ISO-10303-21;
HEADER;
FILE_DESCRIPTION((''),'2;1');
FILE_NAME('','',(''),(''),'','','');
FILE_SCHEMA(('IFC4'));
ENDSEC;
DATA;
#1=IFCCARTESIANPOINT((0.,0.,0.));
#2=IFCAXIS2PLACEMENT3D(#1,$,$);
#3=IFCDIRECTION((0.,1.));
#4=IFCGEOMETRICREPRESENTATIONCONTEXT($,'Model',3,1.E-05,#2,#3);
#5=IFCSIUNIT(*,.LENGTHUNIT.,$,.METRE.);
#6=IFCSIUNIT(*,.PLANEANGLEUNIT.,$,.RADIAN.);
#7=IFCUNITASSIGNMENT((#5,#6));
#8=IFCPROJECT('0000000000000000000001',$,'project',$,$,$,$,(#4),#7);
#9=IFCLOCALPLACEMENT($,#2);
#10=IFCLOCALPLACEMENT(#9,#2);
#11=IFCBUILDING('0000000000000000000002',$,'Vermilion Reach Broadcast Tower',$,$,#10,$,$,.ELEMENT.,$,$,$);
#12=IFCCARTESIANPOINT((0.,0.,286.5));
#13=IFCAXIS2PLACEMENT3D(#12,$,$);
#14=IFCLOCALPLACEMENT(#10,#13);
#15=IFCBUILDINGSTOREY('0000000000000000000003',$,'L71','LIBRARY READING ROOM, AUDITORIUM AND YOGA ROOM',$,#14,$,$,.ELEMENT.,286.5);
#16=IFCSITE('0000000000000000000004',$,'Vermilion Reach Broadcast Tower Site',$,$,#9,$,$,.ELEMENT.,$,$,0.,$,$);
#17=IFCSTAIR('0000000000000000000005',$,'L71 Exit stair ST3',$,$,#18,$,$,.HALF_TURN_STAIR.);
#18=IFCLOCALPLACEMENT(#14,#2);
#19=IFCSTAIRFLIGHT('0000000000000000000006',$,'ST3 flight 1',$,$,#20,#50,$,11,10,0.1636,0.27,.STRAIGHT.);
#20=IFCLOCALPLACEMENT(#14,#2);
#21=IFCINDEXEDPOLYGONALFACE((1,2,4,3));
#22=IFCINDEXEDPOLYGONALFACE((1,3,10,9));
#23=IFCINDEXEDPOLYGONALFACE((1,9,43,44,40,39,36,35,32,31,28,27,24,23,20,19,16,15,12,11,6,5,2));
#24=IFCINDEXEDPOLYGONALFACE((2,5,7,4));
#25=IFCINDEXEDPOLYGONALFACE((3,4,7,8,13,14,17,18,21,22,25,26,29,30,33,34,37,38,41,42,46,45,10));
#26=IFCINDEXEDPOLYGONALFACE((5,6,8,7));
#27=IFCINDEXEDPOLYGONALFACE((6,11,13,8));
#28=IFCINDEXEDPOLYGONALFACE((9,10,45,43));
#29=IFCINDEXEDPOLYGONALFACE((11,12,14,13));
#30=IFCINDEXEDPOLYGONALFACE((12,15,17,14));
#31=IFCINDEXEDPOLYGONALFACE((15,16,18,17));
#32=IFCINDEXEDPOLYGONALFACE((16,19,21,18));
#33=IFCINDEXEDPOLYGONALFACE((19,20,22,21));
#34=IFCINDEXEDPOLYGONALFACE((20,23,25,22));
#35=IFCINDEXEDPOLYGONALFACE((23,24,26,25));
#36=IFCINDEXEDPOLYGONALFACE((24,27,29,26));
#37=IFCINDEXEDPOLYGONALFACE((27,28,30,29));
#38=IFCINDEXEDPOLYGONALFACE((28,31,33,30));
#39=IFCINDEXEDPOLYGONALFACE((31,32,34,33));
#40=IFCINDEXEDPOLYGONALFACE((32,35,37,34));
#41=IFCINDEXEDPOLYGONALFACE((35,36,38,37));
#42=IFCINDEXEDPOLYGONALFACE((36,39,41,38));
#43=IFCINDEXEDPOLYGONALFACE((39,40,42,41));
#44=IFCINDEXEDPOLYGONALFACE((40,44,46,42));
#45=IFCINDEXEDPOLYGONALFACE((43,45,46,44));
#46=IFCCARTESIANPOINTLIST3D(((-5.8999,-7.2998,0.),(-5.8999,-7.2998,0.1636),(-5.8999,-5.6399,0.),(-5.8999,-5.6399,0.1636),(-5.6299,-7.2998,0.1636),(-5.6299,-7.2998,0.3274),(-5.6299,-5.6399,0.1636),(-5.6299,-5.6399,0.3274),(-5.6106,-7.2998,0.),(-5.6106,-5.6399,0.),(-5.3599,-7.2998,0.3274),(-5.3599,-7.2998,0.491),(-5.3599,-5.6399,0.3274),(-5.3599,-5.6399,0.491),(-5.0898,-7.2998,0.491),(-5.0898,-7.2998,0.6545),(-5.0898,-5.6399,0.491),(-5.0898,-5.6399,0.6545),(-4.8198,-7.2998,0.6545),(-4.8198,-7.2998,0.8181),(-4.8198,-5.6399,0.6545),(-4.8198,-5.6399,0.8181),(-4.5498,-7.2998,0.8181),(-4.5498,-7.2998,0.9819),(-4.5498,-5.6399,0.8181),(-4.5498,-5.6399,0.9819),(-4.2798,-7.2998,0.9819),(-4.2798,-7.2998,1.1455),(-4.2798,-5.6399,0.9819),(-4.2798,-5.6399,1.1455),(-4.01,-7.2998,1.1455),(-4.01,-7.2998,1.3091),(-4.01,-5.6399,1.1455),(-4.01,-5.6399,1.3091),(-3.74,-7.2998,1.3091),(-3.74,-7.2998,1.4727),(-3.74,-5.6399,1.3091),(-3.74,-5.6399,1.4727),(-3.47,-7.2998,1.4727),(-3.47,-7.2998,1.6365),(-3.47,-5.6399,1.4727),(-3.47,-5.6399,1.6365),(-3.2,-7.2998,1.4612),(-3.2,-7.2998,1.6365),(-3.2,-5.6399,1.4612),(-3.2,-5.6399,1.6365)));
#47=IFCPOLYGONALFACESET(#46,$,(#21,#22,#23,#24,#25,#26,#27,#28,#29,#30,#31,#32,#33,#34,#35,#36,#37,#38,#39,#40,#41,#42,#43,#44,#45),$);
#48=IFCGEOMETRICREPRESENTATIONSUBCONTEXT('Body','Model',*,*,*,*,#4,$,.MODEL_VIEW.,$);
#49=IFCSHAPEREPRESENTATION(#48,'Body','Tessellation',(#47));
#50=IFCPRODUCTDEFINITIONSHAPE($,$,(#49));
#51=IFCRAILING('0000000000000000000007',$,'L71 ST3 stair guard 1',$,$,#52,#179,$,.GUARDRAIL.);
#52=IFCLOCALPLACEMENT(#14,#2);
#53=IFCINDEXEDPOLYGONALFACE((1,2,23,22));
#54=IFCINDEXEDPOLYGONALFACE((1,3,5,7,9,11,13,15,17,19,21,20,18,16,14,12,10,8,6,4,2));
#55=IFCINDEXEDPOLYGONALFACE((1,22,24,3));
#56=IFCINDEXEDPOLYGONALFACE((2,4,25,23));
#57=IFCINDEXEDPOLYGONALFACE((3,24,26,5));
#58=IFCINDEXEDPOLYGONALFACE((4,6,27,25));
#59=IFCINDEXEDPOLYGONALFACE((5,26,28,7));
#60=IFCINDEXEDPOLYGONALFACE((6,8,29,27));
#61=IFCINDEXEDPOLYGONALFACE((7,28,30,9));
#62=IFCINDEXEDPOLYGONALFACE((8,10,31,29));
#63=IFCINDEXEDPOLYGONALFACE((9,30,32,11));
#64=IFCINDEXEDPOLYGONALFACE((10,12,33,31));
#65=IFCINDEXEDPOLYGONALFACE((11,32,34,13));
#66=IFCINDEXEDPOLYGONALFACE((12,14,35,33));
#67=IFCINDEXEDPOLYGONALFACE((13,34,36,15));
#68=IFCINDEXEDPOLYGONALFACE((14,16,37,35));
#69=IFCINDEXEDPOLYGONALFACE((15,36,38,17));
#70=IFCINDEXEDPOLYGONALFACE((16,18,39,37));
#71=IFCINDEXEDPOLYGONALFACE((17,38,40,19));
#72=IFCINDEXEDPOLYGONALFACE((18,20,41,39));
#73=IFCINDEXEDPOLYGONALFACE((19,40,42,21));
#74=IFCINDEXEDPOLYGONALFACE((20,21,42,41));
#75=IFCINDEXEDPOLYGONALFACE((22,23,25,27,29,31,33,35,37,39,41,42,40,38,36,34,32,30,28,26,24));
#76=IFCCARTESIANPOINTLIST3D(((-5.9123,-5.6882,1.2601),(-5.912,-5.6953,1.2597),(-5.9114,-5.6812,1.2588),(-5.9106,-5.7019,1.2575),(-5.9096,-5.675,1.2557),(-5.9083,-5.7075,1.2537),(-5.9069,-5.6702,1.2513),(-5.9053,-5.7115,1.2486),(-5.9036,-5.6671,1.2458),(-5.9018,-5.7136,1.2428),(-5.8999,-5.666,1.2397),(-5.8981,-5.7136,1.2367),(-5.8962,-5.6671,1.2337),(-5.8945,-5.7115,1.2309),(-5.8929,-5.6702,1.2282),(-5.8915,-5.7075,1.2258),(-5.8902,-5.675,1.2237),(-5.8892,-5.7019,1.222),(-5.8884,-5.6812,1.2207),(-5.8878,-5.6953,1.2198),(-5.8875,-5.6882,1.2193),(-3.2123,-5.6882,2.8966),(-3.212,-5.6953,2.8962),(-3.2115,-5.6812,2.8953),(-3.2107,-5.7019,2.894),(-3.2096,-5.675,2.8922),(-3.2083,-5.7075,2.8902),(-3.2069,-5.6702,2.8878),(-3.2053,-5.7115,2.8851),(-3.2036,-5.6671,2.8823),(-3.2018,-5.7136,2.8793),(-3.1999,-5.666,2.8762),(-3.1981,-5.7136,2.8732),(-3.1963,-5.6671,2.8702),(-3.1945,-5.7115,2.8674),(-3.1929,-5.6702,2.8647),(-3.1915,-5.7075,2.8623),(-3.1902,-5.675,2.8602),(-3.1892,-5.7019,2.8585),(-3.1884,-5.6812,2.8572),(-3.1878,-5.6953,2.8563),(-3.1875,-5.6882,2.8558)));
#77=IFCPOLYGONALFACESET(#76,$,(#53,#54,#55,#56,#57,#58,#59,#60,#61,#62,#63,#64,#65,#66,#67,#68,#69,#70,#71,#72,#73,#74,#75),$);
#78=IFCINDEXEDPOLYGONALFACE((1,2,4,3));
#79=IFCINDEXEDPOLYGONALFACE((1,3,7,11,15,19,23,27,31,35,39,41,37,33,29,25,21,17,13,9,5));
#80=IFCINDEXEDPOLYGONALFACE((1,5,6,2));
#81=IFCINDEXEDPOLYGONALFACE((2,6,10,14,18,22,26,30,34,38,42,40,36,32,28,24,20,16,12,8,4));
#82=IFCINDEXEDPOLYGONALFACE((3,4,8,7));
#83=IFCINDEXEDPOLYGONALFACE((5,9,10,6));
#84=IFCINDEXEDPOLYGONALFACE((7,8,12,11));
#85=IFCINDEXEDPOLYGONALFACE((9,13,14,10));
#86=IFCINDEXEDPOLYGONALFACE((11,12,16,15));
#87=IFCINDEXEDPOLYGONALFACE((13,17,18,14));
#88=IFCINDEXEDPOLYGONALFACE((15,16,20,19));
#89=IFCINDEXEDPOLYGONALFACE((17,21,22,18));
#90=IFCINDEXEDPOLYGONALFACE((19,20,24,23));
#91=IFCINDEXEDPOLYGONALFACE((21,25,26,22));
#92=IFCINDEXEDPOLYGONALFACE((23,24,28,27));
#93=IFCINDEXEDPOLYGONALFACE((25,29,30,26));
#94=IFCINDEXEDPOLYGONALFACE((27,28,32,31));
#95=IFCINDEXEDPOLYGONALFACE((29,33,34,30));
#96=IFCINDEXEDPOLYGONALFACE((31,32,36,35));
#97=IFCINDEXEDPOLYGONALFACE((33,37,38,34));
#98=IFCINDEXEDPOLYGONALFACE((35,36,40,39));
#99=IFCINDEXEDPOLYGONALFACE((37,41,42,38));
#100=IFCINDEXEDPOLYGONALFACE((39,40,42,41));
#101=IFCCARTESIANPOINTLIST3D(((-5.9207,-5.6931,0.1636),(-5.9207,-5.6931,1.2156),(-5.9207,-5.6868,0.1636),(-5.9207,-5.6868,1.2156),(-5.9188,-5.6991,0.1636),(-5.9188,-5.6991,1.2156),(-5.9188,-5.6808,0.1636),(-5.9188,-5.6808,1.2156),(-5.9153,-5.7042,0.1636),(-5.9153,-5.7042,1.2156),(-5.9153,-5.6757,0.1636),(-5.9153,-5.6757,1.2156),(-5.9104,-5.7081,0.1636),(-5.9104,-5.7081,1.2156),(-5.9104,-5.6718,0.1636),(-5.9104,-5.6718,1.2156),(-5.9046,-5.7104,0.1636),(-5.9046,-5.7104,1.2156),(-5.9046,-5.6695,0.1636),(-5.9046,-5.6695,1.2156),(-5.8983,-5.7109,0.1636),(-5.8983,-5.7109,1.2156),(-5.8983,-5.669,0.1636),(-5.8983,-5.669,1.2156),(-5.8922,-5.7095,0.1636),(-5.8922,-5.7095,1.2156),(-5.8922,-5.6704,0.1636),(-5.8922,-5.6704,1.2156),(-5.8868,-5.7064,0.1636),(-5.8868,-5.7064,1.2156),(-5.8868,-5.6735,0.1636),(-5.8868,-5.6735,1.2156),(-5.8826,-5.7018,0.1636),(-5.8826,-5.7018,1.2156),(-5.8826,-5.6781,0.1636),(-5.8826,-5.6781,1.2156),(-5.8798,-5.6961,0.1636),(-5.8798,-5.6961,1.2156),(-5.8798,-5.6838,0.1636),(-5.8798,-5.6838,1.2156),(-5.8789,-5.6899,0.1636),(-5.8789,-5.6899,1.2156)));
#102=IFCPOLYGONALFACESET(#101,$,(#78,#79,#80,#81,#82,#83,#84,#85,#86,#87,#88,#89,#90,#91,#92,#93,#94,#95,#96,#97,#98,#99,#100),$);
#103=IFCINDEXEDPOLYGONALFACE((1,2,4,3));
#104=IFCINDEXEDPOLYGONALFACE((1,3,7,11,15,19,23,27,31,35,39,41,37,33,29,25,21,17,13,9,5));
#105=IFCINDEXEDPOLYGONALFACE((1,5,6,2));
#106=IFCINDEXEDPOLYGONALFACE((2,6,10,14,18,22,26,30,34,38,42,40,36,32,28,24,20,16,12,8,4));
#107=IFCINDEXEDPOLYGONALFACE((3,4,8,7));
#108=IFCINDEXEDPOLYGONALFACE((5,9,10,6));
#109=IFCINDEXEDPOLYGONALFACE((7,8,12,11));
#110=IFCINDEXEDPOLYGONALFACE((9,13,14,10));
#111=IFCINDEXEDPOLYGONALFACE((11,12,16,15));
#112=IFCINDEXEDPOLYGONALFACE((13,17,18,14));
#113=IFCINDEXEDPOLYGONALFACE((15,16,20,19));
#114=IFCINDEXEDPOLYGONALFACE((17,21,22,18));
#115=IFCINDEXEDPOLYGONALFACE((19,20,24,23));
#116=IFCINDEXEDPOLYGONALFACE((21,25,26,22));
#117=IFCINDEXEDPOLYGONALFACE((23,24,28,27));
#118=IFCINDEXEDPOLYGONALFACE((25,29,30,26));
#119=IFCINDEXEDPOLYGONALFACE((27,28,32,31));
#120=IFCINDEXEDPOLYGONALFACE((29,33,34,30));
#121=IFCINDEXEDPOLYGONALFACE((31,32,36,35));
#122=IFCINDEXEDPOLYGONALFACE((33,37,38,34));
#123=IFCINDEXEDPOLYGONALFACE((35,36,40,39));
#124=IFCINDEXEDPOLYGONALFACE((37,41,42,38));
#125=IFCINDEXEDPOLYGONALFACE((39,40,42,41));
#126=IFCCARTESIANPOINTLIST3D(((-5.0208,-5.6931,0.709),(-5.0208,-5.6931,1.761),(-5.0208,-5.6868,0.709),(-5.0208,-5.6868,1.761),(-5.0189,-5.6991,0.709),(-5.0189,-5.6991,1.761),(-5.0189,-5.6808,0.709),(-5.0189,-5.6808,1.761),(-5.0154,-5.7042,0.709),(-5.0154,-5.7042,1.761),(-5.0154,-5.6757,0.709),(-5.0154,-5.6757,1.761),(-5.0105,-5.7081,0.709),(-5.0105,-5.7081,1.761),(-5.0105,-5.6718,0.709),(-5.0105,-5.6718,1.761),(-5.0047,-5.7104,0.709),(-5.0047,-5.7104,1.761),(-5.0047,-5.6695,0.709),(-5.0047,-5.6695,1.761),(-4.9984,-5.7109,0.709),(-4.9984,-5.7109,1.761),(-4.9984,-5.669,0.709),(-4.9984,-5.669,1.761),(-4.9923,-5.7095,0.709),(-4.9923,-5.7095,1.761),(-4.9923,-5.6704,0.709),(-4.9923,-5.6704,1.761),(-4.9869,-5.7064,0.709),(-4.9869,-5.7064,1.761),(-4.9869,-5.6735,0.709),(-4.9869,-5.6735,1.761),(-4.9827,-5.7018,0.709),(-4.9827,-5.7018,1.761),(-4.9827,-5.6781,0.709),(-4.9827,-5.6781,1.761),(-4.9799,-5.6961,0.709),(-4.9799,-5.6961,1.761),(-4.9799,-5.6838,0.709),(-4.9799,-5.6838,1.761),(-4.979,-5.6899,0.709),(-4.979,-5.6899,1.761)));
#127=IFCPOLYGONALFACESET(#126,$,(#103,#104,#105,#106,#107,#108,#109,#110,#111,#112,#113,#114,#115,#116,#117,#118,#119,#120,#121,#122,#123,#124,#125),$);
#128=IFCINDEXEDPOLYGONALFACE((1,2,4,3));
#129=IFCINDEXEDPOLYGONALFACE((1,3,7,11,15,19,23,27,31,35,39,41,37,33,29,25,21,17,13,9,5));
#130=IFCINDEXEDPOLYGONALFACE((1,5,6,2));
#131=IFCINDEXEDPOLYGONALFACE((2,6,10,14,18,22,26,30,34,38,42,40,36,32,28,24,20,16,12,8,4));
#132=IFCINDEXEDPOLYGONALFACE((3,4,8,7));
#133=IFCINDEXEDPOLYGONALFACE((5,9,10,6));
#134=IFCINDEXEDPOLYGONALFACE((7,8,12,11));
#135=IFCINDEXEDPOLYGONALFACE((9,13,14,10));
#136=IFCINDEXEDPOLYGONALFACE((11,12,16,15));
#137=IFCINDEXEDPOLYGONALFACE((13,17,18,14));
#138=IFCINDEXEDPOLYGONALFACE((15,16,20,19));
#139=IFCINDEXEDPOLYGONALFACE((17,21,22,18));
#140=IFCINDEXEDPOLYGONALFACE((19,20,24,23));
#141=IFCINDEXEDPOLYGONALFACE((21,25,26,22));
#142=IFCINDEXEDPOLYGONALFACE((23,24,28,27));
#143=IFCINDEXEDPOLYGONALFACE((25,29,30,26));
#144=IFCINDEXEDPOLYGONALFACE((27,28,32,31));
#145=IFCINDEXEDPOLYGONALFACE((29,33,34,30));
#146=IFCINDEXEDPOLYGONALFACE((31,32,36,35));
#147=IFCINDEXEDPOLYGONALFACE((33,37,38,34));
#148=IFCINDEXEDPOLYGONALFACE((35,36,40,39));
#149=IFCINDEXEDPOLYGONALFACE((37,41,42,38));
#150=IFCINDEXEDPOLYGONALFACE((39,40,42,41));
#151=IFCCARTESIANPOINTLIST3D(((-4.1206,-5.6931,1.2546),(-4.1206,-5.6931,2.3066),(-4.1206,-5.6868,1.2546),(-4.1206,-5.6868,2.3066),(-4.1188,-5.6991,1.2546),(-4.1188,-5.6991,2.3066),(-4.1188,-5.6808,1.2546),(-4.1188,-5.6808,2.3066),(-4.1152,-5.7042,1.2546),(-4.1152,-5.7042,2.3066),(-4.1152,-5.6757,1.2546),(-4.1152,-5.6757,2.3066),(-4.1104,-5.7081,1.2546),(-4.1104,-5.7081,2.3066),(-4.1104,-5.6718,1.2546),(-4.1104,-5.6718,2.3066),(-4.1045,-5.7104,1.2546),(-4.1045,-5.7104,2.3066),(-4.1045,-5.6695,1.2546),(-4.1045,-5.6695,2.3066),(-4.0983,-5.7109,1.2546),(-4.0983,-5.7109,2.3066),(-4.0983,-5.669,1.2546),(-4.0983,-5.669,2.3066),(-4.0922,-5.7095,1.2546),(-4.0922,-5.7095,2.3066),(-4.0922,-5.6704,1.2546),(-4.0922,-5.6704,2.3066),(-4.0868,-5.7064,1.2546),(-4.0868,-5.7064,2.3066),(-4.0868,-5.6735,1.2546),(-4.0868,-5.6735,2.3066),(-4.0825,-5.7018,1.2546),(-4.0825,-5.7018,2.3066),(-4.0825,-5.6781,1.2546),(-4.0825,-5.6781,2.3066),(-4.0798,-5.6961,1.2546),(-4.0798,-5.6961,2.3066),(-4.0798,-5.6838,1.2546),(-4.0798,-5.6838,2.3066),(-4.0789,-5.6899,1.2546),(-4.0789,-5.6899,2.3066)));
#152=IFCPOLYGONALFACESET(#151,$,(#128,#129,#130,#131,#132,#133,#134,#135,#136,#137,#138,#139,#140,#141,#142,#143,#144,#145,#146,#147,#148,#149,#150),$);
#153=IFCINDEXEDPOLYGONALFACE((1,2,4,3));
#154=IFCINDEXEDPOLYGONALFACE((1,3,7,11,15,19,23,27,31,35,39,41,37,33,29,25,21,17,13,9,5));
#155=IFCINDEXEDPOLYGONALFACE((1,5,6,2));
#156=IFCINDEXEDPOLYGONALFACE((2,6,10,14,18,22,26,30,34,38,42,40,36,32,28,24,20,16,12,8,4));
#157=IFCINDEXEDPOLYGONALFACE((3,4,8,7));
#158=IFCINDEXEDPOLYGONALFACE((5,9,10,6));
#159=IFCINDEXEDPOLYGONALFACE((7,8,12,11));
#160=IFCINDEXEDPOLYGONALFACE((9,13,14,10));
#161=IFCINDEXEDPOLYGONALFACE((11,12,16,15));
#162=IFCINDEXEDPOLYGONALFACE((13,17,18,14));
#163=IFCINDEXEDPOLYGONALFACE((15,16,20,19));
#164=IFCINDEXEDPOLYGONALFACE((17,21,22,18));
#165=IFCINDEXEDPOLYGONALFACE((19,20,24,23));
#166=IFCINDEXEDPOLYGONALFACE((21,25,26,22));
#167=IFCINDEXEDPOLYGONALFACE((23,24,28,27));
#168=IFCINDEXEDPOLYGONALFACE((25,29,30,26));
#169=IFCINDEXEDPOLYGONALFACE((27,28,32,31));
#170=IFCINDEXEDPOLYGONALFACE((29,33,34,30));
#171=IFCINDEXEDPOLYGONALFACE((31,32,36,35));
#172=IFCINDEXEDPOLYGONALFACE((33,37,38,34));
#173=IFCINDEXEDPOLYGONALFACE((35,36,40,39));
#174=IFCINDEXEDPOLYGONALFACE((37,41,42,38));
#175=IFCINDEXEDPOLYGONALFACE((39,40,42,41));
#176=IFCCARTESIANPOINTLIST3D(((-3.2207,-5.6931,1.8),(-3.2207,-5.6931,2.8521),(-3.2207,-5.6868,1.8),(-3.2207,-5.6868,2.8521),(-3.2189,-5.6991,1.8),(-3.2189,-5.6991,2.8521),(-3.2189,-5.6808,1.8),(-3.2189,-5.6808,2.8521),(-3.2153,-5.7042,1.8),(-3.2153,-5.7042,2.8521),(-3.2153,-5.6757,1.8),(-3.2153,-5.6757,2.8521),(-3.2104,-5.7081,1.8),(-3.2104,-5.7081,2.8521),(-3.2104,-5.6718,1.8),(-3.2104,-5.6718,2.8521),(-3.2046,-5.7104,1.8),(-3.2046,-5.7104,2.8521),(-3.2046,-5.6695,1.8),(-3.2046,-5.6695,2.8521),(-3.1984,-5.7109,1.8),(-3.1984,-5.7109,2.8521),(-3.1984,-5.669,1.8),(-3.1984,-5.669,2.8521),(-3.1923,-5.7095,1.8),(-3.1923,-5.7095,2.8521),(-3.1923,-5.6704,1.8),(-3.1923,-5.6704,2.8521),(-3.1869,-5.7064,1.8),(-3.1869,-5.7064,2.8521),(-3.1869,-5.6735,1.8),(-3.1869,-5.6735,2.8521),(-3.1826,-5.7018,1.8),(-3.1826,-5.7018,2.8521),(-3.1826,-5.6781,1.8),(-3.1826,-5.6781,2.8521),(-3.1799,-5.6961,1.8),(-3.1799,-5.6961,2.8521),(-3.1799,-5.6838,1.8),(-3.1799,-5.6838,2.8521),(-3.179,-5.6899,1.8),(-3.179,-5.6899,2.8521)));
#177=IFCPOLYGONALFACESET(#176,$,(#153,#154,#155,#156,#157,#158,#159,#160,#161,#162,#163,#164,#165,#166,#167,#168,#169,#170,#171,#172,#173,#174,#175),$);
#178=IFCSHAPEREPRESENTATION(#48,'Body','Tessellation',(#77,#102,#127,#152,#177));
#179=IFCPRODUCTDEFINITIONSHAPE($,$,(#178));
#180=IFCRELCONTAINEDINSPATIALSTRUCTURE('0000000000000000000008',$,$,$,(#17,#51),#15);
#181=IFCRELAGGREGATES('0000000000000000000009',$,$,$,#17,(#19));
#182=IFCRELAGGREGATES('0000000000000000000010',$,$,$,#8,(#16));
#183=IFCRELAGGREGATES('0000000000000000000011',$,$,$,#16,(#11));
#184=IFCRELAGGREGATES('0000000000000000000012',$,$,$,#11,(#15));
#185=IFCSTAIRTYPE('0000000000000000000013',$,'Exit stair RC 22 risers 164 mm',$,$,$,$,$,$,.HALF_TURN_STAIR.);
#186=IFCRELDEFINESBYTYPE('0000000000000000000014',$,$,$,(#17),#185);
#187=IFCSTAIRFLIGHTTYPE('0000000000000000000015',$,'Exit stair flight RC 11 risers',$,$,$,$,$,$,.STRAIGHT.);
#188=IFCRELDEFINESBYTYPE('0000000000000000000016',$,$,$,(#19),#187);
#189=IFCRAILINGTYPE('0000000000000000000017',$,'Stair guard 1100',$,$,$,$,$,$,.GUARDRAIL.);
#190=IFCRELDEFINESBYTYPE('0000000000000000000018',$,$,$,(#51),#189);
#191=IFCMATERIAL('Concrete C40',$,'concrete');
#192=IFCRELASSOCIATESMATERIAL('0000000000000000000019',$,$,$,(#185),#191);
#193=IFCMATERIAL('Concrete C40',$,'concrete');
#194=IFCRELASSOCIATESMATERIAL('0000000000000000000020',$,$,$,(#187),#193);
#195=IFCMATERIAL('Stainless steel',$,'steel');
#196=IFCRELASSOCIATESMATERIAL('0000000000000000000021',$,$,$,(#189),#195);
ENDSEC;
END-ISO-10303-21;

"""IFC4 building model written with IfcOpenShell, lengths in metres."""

from ifc_helpers import new_model, si_unit, direction, frame, origin, origin_2d, place, context, subcontext, project, spatial, polyline, circle, outline, extrude, material, type_object, element, aggregate, save


model = new_model("IFC4")

# Units and contexts
model_context = context("Model", 3, precision=1e-05, world=origin(), true_north=direction((0.0, 1.0)))
body_context = subcontext(model_context, "Body", "Model", "MODEL_VIEW")
ifc_project = project(units=[si_unit("LENGTHUNIT", "METRE"), si_unit("PLANEANGLEUNIT", "RADIAN")], contexts=[model_context])

# Site, building, storey
site_placement = place(None, origin())
site = spatial("IfcSite", under=ifc_project, at=site_placement, Name="Vermilion Reach Broadcast Tower Site", CompositionType="ELEMENT", RefElevation=0.0)
building_placement = place(site_placement, origin())
building = spatial("IfcBuilding", under=site, at=building_placement, Name="Vermilion Reach Broadcast Tower", CompositionType="ELEMENT")
storey_placement = place(building_placement, frame((0.0, 0.0, 286.5)))
storey = spatial("IfcBuildingStorey", under=building, at=storey_placement, Name="L71", Description="LIBRARY READING ROOM, AUDITORIUM AND YOGA ROOM", CompositionType="ELEMENT", Elevation=286.5)

# Stair, stair flight
ifc_material_1 = material(Name="Concrete C40", Category="concrete")
stair_type = type_object("IfcStairType", Name="Exit stair RC 22 risers 164 mm", PredefinedType="HALF_TURN_STAIR", material=ifc_material_1)
stair_placement = place(storey_placement, origin())
stair = element("IfcStair", 1, at=stair_placement, inside=storey, type_object=stair_type, Name="L71 Exit stair ST3", PredefinedType="HALF_TURN_STAIR")
ifc_material_2 = material(Name="Concrete C40", Category="concrete")
stair_flight_type = type_object("IfcStairFlightType", Name="Exit stair flight RC 11 risers", PredefinedType="STRAIGHT", material=ifc_material_2)
stair_flight_placement = place(storey_placement, frame((-5.8999, -6.47, 0.0), z_axis=(0.0, 0.0, 1.0), x_axis=(1.0, 0.0, 0.0)))
stair_flight = element("IfcStairFlight", 2, at=stair_flight_placement, type_object=stair_flight_type, Name="ST3 flight 1", NumberOfRisers=11, NumberOfTreads=10, PredefinedType="STRAIGHT", RiserHeight=0.1636, TreadLength=0.27, context=body_context, shape_type="SweptSolid", body=[
    extrude(outline(polyline([(0.0, 0.0), (0.0, 0.1636), (0.27, 0.1636), (0.27, 0.3274), (0.54, 0.3274), (0.54, 0.491), (0.8101, 0.491), (0.8101, 0.6545), (1.0801, 0.6545), (1.0801, 0.8181), (1.3501, 0.8181), (1.3501, 0.9819), (1.6201, 0.9819), (1.6201, 1.1455), (1.8899, 1.1455), (1.8899, 1.3091), (2.1599, 1.3091), (2.1599, 1.4727), (2.4299, 1.4727), (2.4299, 1.6365), (2.7, 1.6365), (2.7, 1.8), (2.7, 1.4612), (0.2893, 0.0), (0.0, 0.0)])), frame((0.0, 0.8301, 0.0), z_axis=(0.0, -1.0, 0.0), x_axis=(1.0, 0.0, 0.0)), (0.0, 0.0, 1.0), 1.6599),
])
aggregate(stair, [stair_flight])

# Railing
ifc_material_3 = material(Name="Stainless steel", Category="steel")
railing_type_1 = type_object("IfcRailingType", Name="Stair guard 1100", PredefinedType="GUARDRAIL", material=ifc_material_3)
railing_1_placement = place(storey_placement, frame((-5.8999, -5.6899, 0.1636)))
element("IfcRailing", 3, at=railing_1_placement, inside=storey, type_object=railing_type_1, Name="L71 ST3 stair guard 1", PredefinedType="GUARDRAIL", context=body_context, shape_type="SweptSolid", body=[
    extrude(circle(Radius=0.0239, at=origin_2d()), frame((0.0, 0.0, 1.0762), z_axis=(0.855178, 0.0, 0.518334), x_axis=(0.0, 1.0, 0.0)), (0.0, 0.0, 1.0), 3.1572),
    extrude(circle(Radius=0.021, at=origin_2d()), origin(), (0.0, 0.0, 1.0), 1.052),
    extrude(circle(Radius=0.021, at=origin_2d()), frame((0.8999, 0.0, 0.5454)), (0.0, 0.0, 1.0), 1.052),
    extrude(circle(Radius=0.021, at=origin_2d()), frame((1.8, 0.0, 1.0911)), (0.0, 0.0, 1.0), 1.052),
    extrude(circle(Radius=0.021, at=origin_2d()), frame((2.7, 0.0, 1.6365)), (0.0, 0.0, 1.0), 1.052),
])

save(model, "model.ifc")
